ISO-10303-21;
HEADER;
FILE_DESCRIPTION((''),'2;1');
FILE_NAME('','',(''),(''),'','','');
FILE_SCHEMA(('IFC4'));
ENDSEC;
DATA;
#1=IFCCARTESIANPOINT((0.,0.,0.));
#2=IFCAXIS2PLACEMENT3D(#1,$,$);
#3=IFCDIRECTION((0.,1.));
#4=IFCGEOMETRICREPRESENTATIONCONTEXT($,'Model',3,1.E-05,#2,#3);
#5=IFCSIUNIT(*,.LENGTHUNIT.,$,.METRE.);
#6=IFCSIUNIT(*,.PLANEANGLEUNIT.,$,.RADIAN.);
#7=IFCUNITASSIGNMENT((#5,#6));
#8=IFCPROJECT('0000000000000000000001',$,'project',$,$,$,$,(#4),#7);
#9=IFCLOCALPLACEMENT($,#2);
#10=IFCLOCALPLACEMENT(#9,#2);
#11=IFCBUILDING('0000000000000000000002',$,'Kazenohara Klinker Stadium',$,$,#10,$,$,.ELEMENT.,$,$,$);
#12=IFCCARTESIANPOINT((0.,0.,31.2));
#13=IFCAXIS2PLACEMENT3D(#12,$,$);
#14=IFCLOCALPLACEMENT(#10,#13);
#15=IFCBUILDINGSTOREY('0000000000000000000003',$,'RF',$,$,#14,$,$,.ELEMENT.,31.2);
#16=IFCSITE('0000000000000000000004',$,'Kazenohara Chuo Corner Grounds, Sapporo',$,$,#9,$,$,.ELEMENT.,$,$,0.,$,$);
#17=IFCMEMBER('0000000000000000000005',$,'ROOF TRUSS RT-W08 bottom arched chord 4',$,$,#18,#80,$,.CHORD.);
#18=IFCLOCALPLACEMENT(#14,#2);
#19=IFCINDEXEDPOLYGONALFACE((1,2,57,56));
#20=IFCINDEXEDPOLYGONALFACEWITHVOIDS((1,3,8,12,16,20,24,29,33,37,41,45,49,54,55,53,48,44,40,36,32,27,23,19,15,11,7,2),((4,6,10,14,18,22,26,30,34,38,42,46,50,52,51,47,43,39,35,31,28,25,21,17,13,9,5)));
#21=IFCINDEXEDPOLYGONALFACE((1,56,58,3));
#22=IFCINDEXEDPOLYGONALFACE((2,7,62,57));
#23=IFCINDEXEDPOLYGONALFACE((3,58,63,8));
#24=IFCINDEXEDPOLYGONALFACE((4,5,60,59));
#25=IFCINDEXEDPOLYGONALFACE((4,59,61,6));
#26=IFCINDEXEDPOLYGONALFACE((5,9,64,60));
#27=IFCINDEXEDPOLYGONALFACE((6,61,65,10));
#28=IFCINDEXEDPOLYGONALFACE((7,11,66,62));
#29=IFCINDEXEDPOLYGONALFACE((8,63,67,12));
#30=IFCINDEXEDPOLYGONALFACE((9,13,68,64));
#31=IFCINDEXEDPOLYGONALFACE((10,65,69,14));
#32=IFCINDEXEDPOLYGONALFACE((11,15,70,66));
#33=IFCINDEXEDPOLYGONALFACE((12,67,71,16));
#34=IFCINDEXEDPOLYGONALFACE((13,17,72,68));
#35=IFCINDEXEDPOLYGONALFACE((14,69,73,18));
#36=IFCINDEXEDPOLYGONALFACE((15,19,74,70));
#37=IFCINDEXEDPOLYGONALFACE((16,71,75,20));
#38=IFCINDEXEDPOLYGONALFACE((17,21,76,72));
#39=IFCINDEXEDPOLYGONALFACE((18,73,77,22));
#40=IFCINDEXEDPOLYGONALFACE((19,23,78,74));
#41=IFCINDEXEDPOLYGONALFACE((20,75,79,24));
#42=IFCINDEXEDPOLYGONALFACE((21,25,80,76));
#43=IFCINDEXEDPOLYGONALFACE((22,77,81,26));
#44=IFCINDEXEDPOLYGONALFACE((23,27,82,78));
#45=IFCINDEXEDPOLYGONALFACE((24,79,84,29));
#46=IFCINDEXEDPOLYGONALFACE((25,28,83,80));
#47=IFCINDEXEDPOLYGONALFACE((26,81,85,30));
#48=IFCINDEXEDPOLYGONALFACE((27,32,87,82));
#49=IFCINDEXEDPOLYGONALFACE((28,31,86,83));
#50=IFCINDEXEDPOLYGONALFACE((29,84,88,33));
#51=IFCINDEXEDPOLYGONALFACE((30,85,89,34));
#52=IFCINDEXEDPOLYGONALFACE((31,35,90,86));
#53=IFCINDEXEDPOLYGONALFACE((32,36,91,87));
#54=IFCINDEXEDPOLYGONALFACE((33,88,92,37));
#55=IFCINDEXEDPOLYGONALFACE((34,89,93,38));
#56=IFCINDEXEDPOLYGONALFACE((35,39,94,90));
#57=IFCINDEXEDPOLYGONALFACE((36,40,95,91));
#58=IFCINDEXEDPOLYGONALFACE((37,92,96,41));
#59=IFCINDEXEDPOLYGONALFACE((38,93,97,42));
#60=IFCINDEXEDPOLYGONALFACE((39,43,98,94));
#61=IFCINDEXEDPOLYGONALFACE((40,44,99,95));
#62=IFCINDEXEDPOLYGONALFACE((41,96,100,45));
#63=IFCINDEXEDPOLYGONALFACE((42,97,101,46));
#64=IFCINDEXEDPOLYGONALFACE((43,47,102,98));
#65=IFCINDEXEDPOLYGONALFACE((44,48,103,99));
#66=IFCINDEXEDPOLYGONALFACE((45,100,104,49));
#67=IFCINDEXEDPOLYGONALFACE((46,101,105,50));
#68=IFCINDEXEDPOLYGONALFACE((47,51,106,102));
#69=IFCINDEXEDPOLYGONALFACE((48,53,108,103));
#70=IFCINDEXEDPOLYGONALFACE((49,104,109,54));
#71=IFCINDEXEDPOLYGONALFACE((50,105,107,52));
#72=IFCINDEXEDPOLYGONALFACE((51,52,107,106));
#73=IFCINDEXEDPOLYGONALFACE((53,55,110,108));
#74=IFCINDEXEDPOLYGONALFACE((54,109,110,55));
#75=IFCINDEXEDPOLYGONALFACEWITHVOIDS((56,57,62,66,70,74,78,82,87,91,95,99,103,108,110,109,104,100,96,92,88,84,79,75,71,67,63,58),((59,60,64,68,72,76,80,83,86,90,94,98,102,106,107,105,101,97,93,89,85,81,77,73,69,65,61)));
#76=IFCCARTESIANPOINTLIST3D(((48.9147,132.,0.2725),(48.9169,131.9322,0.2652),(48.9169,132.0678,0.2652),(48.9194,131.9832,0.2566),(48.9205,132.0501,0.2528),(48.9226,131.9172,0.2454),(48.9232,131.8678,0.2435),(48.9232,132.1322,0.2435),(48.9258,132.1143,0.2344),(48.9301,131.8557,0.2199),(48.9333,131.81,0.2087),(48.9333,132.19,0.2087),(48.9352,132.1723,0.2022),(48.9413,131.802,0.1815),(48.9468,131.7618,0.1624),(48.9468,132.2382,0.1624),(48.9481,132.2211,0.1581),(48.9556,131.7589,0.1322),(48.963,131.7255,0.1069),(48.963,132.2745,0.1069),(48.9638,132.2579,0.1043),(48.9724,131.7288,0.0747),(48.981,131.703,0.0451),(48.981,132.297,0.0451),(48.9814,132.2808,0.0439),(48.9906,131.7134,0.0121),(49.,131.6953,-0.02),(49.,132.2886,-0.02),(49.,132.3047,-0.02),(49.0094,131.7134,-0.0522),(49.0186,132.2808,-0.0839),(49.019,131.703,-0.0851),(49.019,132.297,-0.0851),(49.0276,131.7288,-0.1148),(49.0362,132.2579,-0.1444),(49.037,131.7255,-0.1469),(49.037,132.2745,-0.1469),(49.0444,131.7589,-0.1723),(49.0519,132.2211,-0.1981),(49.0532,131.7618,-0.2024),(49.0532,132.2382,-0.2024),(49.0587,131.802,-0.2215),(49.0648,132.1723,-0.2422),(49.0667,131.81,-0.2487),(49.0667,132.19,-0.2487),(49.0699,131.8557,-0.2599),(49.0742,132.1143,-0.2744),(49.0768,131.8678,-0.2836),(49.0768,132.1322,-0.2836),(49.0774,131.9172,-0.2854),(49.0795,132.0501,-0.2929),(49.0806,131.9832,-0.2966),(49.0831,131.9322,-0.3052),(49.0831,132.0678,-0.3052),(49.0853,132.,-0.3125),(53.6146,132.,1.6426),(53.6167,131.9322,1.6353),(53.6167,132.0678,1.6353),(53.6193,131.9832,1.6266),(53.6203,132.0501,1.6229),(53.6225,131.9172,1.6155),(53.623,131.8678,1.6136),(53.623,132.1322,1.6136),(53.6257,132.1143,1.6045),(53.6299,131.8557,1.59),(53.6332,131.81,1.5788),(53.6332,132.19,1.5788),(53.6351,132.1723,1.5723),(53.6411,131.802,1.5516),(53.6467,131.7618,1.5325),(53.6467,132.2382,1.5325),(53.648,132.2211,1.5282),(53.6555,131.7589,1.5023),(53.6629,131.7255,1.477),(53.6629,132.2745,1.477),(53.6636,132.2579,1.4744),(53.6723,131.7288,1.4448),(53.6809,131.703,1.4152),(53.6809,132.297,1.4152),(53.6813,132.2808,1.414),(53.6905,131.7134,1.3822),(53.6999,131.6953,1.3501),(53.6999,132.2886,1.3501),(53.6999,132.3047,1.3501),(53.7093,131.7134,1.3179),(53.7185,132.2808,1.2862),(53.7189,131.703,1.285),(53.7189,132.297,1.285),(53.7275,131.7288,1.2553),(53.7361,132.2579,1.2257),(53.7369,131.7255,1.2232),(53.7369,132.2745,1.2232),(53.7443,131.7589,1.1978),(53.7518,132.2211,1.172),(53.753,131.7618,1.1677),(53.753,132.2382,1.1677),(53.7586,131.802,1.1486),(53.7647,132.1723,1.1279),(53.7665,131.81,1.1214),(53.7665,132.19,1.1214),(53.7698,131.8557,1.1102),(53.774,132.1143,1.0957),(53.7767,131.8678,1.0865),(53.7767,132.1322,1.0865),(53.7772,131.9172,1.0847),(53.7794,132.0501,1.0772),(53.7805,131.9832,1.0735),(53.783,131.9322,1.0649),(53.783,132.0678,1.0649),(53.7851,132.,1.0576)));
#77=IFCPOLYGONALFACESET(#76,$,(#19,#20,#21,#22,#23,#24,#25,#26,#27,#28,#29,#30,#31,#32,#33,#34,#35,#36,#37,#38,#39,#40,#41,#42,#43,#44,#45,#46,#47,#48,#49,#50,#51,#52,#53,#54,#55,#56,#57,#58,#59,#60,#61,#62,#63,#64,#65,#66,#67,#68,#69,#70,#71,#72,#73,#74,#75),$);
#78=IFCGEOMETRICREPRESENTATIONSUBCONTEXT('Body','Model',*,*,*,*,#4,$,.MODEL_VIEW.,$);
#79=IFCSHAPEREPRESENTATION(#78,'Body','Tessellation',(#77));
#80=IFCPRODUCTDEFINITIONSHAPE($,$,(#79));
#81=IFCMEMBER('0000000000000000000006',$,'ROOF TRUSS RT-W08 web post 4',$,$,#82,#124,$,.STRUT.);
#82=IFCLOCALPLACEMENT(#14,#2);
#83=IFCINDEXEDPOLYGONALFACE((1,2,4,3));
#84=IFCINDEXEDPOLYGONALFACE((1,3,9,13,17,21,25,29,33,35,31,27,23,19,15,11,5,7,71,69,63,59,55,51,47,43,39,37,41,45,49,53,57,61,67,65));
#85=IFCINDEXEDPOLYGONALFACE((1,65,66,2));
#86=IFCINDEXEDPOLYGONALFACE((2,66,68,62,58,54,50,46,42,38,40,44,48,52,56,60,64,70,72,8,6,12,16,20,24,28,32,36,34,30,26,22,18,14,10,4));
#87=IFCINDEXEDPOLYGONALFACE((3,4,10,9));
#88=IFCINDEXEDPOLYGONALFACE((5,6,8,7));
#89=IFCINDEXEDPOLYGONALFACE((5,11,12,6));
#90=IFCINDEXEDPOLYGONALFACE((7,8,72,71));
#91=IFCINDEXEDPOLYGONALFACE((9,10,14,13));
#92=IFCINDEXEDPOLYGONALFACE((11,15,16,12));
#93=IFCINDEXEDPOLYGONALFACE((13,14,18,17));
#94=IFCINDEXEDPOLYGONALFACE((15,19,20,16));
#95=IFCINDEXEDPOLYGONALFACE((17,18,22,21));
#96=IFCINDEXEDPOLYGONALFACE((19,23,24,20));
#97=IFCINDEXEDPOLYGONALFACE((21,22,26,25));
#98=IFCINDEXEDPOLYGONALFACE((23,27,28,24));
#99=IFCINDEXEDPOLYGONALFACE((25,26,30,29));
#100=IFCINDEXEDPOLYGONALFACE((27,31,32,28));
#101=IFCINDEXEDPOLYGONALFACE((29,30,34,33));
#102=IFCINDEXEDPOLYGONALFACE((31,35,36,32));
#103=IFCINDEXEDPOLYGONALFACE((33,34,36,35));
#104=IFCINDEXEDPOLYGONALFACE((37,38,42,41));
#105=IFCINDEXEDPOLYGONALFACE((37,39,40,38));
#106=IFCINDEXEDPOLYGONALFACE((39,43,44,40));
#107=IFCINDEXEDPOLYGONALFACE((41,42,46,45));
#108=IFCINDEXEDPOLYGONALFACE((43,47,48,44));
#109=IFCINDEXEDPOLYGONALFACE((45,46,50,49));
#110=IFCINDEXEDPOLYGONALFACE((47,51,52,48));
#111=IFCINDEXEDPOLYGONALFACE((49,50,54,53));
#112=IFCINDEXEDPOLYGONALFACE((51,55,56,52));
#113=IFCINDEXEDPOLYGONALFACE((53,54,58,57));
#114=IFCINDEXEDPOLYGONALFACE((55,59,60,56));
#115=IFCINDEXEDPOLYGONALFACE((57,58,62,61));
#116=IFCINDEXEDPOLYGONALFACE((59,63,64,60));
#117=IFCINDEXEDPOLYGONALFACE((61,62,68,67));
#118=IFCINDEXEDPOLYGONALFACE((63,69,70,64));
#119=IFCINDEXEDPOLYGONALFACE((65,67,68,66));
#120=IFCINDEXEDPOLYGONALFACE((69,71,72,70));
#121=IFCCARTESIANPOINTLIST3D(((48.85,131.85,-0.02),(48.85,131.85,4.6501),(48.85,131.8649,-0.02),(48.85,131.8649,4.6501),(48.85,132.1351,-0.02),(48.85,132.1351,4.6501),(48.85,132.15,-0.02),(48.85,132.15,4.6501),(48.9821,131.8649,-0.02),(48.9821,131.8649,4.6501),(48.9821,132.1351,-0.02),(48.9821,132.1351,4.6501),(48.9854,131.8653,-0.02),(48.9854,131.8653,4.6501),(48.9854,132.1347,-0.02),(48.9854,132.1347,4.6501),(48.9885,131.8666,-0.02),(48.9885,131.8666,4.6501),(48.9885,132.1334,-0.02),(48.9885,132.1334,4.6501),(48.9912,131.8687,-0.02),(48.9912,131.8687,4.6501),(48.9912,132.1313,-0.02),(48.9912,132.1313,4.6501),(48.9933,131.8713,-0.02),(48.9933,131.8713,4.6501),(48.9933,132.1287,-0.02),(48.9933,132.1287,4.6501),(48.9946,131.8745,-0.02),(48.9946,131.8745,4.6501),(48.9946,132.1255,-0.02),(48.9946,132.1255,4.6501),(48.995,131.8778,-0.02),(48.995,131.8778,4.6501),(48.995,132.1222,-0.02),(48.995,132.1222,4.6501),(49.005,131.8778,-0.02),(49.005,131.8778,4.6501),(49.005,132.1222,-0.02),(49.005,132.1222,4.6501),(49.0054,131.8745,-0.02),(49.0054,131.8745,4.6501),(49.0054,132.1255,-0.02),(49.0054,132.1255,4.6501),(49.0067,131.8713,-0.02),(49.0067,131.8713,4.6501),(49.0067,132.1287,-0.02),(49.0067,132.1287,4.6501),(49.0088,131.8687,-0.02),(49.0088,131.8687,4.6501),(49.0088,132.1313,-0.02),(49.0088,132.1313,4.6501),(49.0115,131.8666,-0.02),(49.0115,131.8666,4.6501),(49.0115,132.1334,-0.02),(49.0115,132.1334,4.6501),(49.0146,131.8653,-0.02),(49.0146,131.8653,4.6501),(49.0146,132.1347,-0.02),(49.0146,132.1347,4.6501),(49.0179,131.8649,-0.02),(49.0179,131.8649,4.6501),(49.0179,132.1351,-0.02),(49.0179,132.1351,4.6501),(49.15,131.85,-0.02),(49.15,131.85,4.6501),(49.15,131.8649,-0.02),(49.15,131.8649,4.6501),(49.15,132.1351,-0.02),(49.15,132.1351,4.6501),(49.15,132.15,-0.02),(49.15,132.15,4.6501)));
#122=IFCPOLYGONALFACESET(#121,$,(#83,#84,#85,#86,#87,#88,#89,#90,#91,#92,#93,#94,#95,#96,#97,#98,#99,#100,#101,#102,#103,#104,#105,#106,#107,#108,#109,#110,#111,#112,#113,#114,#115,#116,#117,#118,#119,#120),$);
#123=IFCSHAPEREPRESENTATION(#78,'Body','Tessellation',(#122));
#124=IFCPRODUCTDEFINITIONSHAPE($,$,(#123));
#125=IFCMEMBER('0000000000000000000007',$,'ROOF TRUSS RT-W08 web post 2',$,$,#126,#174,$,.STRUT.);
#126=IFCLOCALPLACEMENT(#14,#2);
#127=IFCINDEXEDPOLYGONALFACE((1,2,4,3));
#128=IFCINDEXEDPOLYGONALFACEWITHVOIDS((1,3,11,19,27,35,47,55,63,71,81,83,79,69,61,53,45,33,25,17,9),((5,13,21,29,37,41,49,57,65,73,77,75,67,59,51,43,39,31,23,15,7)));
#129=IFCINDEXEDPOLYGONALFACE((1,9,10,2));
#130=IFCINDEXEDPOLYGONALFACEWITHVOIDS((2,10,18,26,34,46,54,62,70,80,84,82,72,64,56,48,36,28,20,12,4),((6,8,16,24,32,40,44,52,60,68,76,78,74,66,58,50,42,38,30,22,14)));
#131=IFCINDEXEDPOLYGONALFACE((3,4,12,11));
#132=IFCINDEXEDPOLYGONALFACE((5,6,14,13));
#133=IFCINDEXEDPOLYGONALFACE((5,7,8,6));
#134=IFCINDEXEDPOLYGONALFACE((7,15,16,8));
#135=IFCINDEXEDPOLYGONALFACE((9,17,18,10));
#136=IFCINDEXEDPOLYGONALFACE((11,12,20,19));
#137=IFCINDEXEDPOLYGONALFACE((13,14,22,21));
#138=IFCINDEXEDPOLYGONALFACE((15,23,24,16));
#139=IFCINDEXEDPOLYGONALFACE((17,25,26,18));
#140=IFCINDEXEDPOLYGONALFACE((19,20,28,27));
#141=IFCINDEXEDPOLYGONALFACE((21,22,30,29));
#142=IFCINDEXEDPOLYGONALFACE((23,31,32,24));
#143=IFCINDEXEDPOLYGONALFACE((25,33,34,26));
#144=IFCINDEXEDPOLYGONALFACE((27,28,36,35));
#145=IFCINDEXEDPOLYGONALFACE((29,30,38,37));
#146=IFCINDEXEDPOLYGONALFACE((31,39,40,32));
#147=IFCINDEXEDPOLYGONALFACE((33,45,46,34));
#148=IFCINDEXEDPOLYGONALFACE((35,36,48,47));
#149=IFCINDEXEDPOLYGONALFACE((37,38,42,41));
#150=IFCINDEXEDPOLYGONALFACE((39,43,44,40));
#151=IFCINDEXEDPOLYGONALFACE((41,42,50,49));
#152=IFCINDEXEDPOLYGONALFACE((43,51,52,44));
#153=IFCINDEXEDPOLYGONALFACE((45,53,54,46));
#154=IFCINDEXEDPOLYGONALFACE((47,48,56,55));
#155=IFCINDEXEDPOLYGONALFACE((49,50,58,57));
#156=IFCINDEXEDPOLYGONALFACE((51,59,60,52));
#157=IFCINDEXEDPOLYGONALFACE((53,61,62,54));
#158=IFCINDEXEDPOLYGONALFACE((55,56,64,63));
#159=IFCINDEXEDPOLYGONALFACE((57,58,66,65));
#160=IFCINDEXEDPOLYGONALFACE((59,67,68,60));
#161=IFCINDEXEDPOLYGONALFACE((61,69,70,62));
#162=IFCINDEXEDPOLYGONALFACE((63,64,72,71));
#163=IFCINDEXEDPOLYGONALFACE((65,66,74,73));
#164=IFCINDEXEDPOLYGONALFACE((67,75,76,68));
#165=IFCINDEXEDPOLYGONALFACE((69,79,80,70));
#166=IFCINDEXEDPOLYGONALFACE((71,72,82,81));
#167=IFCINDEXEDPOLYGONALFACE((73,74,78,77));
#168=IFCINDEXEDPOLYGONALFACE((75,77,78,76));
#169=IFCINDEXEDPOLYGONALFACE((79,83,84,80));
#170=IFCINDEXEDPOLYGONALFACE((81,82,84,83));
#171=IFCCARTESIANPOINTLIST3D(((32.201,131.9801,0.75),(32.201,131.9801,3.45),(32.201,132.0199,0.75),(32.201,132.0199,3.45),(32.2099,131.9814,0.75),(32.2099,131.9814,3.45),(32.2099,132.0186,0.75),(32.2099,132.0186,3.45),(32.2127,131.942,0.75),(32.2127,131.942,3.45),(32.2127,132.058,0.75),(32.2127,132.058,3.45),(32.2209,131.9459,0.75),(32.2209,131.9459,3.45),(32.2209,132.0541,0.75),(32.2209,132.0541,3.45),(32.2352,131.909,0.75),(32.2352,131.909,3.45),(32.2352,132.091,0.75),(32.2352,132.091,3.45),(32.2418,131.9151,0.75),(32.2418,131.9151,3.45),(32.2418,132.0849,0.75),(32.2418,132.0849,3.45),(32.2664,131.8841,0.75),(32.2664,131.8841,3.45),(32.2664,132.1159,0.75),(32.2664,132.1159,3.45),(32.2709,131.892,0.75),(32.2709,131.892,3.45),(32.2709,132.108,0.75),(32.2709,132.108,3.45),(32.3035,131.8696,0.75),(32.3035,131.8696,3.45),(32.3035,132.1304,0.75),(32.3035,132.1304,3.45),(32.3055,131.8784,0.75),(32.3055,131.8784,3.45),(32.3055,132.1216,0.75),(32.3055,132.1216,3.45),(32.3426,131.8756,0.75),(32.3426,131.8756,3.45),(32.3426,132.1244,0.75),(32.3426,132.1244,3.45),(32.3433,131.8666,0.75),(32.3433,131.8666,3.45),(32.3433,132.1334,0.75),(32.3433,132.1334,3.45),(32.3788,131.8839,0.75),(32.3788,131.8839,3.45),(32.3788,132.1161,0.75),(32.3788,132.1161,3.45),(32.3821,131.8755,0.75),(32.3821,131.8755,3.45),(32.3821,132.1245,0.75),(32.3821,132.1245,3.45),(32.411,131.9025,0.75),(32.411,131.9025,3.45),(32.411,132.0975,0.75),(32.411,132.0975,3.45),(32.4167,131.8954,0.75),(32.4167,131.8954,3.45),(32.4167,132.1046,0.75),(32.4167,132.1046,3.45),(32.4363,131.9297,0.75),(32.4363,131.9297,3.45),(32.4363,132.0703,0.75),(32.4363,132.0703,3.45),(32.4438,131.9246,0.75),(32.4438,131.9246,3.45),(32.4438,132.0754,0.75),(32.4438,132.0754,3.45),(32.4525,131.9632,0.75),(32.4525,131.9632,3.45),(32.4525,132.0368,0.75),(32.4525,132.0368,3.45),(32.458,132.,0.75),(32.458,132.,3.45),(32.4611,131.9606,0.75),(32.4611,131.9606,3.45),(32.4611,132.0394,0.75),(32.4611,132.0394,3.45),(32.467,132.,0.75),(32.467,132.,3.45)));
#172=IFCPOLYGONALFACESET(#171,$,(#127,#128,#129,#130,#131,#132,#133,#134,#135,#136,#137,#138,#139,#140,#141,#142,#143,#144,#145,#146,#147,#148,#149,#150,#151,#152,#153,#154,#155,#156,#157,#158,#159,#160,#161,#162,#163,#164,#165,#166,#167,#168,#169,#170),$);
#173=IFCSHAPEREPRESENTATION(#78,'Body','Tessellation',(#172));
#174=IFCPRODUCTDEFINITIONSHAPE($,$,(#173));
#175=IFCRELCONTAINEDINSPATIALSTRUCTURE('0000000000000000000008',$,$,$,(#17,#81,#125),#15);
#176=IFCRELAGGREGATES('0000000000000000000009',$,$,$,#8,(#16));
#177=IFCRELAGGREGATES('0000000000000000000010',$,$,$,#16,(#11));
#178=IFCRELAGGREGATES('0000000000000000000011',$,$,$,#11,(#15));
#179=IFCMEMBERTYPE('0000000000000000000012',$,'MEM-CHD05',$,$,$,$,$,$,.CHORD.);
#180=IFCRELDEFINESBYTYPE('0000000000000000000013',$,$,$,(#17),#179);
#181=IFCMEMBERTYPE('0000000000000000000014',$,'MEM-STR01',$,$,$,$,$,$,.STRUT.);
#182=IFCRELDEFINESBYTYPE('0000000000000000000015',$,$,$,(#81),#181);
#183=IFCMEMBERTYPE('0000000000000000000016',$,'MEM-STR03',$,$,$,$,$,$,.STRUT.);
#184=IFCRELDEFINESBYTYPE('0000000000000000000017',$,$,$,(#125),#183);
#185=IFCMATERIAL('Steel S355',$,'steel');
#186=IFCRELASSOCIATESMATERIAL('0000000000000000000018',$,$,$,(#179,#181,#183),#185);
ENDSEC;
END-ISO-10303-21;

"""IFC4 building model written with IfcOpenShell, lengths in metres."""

from ifc_helpers import new_model, si_unit, direction, frame, origin, origin_2d, place, context, subcontext, project, spatial, hollow_circle, i_section, extrude, material, material_profile, profile_set, type_object, element, save


model = new_model("IFC4")

# Units and contexts
model_context = context("Model", 3, precision=1e-05, world=origin(), true_north=direction((0.0, 1.0)))
body_context = subcontext(model_context, "Body", "Model", "MODEL_VIEW")
ifc_project = project(units=[si_unit("LENGTHUNIT", "METRE"), si_unit("PLANEANGLEUNIT", "RADIAN")], contexts=[model_context])

# Site, building, storey
site_placement = place(None, origin())
site = spatial("IfcSite", under=ifc_project, at=site_placement, Name="Kazenohara Chuo Corner Grounds, Sapporo", CompositionType="ELEMENT", RefElevation=0.0)
building_placement = place(site_placement, origin())
building = spatial("IfcBuilding", under=site, at=building_placement, Name="Kazenohara Klinker Stadium", CompositionType="ELEMENT")
storey_placement = place(building_placement, frame((0.0, 0.0, 31.2)))
storey = spatial("IfcBuildingStorey", under=building, at=storey_placement, Name="RF", CompositionType="ELEMENT", Elevation=31.2)

# Members
ifc_material_1 = material(Name="Steel S355", Category="steel")
ifc_material_profile_1 = material_profile(ifc_material_1, hollow_circle(Radius=0.3047, WallThickness=0.0161, at=origin_2d()), Name="CHS-609.6x16")
ifc_profile_set_1 = profile_set([ifc_material_profile_1], Name="Steel S355")
member_type_1 = type_object("IfcMemberType", Name="MEM-CHD05", PredefinedType="CHORD", material=ifc_profile_set_1)
member_1_placement = place(storey_placement, frame((49.0, 132.0, -0.02), z_axis=(0.960039, 0.0, 0.279868), x_axis=(0.0, 1.0, 0.0)))
element("IfcMember", 1, at=member_1_placement, inside=storey, type_object=member_type_1, Name="ROOF TRUSS RT-W08 bottom arched chord 4", PredefinedType="CHORD", context=body_context, shape_type="SweptSolid", body=[
    extrude(hollow_circle(Radius=0.3047, WallThickness=0.0161, at=origin_2d()), origin(), (0.0, 0.0, 1.0), 4.8955),
])
ifc_material_profile_2 = material_profile(ifc_material_1, i_section(OverallWidth=0.3, OverallDepth=0.3, WebThickness=0.01, FlangeThickness=0.0149, FilletRadius=0.0129, at=origin_2d()), Name="H-300x300x10x15")
ifc_profile_set_2 = profile_set([ifc_material_profile_2], Name="Steel S355")
member_type_2 = type_object("IfcMemberType", Name="MEM-STR01", PredefinedType="STRUT", material=ifc_profile_set_2)
member_2_placement = place(storey_placement, frame((49.0, 132.0, -0.02), z_axis=(0.0, 0.0, 1.0), x_axis=(1.0, 0.0, 0.0)))
element("IfcMember", 2, at=member_2_placement, inside=storey, type_object=member_type_2, Name="ROOF TRUSS RT-W08 web post 4", PredefinedType="STRUT", context=body_context, shape_type="SweptSolid", body=[
    extrude(i_section(OverallWidth=0.3, OverallDepth=0.3, WebThickness=0.01, FlangeThickness=0.0149, FilletRadius=0.0129, at=origin_2d()), origin(), (0.0, 0.0, 1.0), 4.6702),
])
ifc_material_profile_3 = material_profile(ifc_material_1, hollow_circle(Radius=0.1338, WallThickness=0.009, at=origin_2d()), Name="CHS-267.4x9")
ifc_profile_set_3 = profile_set([ifc_material_profile_3], Name="Steel S355")
member_type_3 = type_object("IfcMemberType", Name="MEM-STR03", PredefinedType="STRUT", material=ifc_profile_set_3)
member_3_placement = place(storey_placement, frame((32.3333, 132.0, 0.75), z_axis=(0.0, 0.0, 1.0), x_axis=(1.0, 0.0, 0.0)))
element("IfcMember", 3, at=member_3_placement, inside=storey, type_object=member_type_3, Name="ROOF TRUSS RT-W08 web post 2", PredefinedType="STRUT", context=body_context, shape_type="SweptSolid", body=[
    extrude(hollow_circle(Radius=0.1338, WallThickness=0.009, at=origin_2d()), origin(), (0.0, 0.0, 1.0), 2.7),
])

save(model, "model.ifc")
